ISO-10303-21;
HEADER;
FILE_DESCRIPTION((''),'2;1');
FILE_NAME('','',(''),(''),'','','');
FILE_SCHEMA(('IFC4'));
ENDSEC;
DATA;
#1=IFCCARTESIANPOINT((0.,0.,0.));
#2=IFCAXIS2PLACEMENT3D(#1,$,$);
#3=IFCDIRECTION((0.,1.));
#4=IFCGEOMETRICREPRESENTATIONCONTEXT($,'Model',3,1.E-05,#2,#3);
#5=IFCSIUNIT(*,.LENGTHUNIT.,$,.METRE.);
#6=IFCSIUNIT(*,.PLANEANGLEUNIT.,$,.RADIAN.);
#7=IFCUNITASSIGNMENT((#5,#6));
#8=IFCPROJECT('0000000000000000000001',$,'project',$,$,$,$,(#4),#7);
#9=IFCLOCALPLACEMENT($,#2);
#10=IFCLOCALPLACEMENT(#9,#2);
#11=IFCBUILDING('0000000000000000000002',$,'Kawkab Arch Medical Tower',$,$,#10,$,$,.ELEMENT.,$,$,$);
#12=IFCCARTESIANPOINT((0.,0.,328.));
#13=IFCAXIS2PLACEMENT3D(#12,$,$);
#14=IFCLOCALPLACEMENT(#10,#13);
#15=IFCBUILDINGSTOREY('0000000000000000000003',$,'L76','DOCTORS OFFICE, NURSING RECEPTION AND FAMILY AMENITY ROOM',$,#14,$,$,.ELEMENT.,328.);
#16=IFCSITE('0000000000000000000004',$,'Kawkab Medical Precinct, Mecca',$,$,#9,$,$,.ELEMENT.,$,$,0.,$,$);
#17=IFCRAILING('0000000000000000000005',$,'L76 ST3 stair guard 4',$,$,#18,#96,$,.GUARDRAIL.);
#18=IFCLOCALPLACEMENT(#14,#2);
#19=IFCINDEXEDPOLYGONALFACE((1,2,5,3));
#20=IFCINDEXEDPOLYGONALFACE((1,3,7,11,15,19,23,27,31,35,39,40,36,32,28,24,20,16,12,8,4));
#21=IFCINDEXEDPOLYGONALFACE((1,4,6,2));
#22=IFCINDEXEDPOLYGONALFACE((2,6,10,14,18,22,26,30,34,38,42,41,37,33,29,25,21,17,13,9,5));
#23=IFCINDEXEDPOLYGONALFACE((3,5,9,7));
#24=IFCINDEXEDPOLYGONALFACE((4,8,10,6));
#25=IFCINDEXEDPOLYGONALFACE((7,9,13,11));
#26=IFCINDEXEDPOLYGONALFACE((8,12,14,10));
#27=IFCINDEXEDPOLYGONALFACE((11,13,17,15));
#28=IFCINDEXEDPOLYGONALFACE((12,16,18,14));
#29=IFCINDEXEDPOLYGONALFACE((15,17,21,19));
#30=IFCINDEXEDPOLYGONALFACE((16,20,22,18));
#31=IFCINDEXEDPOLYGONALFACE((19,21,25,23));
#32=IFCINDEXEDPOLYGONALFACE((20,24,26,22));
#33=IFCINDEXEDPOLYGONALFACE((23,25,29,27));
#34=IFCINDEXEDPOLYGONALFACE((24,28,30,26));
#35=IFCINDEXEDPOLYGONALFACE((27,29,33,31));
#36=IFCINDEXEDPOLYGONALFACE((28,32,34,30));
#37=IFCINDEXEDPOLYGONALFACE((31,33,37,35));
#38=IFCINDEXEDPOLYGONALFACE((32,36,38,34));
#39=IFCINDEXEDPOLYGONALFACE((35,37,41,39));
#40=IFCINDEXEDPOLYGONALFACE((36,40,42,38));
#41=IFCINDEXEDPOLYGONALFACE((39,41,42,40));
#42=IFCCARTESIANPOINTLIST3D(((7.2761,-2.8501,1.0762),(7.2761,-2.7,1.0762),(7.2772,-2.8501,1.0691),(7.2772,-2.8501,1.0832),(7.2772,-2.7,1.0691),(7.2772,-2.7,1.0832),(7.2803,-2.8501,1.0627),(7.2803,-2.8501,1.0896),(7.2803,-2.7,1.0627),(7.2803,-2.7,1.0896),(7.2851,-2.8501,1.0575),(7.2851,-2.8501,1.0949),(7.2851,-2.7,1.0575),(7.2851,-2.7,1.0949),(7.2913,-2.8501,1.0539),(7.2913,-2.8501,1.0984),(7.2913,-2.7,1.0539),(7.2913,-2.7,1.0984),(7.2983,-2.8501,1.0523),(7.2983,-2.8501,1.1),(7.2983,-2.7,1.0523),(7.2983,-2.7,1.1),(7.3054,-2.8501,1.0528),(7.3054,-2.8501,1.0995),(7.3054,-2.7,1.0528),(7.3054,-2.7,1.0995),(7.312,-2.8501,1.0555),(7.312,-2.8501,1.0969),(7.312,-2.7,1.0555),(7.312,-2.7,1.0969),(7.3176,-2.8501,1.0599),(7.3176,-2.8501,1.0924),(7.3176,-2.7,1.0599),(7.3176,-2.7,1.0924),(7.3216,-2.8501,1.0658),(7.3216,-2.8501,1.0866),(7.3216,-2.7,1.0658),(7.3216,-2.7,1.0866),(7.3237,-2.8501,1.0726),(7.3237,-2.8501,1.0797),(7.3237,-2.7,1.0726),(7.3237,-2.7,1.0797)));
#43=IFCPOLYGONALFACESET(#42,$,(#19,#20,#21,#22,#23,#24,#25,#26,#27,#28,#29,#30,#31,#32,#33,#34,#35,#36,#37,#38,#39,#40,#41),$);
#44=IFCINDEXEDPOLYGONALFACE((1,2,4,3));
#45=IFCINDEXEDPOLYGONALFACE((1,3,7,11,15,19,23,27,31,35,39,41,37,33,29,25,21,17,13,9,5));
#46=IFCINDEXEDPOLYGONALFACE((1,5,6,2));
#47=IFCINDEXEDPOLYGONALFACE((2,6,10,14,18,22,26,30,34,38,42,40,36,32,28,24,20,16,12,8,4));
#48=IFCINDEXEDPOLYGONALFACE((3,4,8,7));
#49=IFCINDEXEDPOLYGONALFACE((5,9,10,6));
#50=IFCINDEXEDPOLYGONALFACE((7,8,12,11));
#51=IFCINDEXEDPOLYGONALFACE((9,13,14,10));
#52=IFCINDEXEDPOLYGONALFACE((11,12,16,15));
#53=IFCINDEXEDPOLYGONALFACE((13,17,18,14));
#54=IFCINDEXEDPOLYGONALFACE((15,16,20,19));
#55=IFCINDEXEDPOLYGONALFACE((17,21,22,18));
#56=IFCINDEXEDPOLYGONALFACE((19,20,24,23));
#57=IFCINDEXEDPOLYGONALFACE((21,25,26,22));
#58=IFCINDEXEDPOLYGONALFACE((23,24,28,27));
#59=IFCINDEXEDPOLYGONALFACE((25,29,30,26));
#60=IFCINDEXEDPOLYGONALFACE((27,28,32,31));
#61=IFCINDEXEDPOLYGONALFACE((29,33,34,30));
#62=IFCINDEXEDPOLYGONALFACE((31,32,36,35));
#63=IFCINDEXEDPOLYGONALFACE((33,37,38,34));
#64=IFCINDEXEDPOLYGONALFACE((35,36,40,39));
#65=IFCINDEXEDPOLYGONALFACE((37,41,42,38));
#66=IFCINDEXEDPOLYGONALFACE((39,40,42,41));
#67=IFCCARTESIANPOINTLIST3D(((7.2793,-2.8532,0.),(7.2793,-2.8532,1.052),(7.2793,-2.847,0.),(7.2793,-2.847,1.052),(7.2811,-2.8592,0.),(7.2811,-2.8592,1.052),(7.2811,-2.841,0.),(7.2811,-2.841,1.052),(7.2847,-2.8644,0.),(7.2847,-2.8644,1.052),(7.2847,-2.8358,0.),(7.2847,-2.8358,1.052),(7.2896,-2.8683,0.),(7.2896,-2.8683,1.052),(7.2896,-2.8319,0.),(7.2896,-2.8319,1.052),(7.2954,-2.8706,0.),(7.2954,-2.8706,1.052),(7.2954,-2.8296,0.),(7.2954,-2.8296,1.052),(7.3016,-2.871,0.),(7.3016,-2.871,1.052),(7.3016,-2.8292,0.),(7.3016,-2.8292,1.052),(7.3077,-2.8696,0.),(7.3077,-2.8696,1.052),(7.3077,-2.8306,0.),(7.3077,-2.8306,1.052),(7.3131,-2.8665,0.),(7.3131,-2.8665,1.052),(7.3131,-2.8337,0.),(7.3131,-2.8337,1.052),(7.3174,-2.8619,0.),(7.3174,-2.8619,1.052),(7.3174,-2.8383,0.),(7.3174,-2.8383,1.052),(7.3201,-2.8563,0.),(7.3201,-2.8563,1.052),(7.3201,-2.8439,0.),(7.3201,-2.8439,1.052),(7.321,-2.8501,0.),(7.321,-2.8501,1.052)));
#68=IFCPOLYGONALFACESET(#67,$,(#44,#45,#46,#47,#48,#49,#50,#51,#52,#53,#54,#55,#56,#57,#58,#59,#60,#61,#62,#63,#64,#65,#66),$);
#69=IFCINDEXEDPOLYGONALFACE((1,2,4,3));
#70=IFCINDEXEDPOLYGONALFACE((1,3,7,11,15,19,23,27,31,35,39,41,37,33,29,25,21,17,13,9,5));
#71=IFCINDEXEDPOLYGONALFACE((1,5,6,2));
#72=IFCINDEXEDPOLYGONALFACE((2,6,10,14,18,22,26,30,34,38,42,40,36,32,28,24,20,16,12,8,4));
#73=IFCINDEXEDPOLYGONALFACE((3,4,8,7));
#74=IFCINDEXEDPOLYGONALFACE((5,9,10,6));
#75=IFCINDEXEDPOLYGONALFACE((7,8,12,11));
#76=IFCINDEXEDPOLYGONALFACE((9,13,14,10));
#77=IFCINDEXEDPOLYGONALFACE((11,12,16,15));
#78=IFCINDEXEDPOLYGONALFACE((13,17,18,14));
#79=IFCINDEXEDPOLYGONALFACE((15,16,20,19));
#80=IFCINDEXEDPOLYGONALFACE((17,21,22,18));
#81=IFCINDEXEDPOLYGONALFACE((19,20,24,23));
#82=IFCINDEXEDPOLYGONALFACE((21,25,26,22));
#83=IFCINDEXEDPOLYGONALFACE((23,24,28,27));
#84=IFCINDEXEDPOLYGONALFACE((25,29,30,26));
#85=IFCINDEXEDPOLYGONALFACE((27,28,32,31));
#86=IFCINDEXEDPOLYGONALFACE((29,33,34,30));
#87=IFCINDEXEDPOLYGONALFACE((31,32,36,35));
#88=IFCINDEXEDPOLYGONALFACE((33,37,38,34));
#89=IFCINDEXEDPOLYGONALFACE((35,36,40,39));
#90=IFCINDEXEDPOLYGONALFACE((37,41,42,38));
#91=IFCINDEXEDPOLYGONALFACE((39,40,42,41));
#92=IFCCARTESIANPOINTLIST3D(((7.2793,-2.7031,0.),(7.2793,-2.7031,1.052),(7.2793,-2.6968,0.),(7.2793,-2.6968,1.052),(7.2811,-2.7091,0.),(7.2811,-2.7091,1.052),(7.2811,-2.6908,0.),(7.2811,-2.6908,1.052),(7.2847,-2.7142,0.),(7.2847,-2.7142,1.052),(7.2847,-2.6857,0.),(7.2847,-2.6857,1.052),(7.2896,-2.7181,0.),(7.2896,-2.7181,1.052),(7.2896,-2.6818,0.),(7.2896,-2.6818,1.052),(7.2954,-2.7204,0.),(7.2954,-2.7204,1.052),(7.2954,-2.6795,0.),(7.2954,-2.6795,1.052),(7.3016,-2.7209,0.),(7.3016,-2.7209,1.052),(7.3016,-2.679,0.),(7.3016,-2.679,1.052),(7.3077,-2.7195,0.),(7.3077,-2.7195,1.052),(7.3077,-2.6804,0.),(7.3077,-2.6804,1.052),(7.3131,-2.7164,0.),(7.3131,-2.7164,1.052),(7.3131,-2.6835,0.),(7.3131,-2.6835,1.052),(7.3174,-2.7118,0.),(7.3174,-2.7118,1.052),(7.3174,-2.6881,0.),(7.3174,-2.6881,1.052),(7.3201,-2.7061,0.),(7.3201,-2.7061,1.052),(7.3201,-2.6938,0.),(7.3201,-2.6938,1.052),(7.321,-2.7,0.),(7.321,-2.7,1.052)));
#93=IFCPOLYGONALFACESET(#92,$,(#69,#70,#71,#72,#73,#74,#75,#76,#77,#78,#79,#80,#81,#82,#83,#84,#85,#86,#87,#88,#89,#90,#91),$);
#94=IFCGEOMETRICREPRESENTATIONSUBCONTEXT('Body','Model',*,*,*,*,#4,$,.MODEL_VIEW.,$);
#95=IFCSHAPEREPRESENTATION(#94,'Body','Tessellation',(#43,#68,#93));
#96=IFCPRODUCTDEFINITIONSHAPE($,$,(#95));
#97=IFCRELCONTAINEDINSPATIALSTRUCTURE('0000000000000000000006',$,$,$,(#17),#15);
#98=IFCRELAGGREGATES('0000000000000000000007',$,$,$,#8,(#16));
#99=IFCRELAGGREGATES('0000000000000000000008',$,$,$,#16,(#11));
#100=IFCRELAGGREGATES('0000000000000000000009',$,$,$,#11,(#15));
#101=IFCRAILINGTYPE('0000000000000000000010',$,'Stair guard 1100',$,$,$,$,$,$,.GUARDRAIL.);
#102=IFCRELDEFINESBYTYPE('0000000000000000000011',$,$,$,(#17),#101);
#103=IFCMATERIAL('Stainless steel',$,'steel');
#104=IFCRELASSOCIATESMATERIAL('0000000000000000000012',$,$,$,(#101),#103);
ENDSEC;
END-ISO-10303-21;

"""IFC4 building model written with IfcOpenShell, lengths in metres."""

from ifc_helpers import new_model, si_unit, direction, frame, origin, origin_2d, place, context, subcontext, project, spatial, circle, extrude, material, type_object, element, save


model = new_model("IFC4")

# Units and contexts
model_context = context("Model", 3, precision=1e-05, world=origin(), true_north=direction((0.0, 1.0)))
body_context = subcontext(model_context, "Body", "Model", "MODEL_VIEW")
ifc_project = project(units=[si_unit("LENGTHUNIT", "METRE"), si_unit("PLANEANGLEUNIT", "RADIAN")], contexts=[model_context])

# Site, building, storey
site_placement = place(None, origin())
site = spatial("IfcSite", under=ifc_project, at=site_placement, Name="Kawkab Medical Precinct, Mecca", CompositionType="ELEMENT", RefElevation=0.0)
building_placement = place(site_placement, origin())
building = spatial("IfcBuilding", under=site, at=building_placement, Name="Kawkab Arch Medical Tower", CompositionType="ELEMENT")
storey_placement = place(building_placement, frame((0.0, 0.0, 328.0)))
storey = spatial("IfcBuildingStorey", under=building, at=storey_placement, Name="L76", Description="DOCTORS OFFICE, NURSING RECEPTION AND FAMILY AMENITY ROOM", CompositionType="ELEMENT", Elevation=328.0)

# Railing
ifc_material_1 = material(Name="Stainless steel", Category="steel")
railing_type_1 = type_object("IfcRailingType", Name="Stair guard 1100", PredefinedType="GUARDRAIL", material=ifc_material_1)
railing_1_placement = place(storey_placement, frame((7.3, -2.8501, 0.0)))
element("IfcRailing", 1, at=railing_1_placement, inside=storey, type_object=railing_type_1, Name="L76 ST3 stair guard 4", PredefinedType="GUARDRAIL", context=body_context, shape_type="SweptSolid", body=[
    extrude(circle(Radius=0.0239, at=origin_2d()), frame((0.0, 0.0, 1.0762), z_axis=(0.0, 1.0, 0.0), x_axis=(-1.0, 0.0, 0.0)), (0.0, 0.0, 1.0), 0.1501),
    extrude(circle(Radius=0.021, at=origin_2d()), origin(), (0.0, 0.0, 1.0), 1.052),
    extrude(circle(Radius=0.021, at=origin_2d()), frame((0.0, 0.1501, 0.0)), (0.0, 0.0, 1.0), 1.052),
])

save(model, "model.ifc")
